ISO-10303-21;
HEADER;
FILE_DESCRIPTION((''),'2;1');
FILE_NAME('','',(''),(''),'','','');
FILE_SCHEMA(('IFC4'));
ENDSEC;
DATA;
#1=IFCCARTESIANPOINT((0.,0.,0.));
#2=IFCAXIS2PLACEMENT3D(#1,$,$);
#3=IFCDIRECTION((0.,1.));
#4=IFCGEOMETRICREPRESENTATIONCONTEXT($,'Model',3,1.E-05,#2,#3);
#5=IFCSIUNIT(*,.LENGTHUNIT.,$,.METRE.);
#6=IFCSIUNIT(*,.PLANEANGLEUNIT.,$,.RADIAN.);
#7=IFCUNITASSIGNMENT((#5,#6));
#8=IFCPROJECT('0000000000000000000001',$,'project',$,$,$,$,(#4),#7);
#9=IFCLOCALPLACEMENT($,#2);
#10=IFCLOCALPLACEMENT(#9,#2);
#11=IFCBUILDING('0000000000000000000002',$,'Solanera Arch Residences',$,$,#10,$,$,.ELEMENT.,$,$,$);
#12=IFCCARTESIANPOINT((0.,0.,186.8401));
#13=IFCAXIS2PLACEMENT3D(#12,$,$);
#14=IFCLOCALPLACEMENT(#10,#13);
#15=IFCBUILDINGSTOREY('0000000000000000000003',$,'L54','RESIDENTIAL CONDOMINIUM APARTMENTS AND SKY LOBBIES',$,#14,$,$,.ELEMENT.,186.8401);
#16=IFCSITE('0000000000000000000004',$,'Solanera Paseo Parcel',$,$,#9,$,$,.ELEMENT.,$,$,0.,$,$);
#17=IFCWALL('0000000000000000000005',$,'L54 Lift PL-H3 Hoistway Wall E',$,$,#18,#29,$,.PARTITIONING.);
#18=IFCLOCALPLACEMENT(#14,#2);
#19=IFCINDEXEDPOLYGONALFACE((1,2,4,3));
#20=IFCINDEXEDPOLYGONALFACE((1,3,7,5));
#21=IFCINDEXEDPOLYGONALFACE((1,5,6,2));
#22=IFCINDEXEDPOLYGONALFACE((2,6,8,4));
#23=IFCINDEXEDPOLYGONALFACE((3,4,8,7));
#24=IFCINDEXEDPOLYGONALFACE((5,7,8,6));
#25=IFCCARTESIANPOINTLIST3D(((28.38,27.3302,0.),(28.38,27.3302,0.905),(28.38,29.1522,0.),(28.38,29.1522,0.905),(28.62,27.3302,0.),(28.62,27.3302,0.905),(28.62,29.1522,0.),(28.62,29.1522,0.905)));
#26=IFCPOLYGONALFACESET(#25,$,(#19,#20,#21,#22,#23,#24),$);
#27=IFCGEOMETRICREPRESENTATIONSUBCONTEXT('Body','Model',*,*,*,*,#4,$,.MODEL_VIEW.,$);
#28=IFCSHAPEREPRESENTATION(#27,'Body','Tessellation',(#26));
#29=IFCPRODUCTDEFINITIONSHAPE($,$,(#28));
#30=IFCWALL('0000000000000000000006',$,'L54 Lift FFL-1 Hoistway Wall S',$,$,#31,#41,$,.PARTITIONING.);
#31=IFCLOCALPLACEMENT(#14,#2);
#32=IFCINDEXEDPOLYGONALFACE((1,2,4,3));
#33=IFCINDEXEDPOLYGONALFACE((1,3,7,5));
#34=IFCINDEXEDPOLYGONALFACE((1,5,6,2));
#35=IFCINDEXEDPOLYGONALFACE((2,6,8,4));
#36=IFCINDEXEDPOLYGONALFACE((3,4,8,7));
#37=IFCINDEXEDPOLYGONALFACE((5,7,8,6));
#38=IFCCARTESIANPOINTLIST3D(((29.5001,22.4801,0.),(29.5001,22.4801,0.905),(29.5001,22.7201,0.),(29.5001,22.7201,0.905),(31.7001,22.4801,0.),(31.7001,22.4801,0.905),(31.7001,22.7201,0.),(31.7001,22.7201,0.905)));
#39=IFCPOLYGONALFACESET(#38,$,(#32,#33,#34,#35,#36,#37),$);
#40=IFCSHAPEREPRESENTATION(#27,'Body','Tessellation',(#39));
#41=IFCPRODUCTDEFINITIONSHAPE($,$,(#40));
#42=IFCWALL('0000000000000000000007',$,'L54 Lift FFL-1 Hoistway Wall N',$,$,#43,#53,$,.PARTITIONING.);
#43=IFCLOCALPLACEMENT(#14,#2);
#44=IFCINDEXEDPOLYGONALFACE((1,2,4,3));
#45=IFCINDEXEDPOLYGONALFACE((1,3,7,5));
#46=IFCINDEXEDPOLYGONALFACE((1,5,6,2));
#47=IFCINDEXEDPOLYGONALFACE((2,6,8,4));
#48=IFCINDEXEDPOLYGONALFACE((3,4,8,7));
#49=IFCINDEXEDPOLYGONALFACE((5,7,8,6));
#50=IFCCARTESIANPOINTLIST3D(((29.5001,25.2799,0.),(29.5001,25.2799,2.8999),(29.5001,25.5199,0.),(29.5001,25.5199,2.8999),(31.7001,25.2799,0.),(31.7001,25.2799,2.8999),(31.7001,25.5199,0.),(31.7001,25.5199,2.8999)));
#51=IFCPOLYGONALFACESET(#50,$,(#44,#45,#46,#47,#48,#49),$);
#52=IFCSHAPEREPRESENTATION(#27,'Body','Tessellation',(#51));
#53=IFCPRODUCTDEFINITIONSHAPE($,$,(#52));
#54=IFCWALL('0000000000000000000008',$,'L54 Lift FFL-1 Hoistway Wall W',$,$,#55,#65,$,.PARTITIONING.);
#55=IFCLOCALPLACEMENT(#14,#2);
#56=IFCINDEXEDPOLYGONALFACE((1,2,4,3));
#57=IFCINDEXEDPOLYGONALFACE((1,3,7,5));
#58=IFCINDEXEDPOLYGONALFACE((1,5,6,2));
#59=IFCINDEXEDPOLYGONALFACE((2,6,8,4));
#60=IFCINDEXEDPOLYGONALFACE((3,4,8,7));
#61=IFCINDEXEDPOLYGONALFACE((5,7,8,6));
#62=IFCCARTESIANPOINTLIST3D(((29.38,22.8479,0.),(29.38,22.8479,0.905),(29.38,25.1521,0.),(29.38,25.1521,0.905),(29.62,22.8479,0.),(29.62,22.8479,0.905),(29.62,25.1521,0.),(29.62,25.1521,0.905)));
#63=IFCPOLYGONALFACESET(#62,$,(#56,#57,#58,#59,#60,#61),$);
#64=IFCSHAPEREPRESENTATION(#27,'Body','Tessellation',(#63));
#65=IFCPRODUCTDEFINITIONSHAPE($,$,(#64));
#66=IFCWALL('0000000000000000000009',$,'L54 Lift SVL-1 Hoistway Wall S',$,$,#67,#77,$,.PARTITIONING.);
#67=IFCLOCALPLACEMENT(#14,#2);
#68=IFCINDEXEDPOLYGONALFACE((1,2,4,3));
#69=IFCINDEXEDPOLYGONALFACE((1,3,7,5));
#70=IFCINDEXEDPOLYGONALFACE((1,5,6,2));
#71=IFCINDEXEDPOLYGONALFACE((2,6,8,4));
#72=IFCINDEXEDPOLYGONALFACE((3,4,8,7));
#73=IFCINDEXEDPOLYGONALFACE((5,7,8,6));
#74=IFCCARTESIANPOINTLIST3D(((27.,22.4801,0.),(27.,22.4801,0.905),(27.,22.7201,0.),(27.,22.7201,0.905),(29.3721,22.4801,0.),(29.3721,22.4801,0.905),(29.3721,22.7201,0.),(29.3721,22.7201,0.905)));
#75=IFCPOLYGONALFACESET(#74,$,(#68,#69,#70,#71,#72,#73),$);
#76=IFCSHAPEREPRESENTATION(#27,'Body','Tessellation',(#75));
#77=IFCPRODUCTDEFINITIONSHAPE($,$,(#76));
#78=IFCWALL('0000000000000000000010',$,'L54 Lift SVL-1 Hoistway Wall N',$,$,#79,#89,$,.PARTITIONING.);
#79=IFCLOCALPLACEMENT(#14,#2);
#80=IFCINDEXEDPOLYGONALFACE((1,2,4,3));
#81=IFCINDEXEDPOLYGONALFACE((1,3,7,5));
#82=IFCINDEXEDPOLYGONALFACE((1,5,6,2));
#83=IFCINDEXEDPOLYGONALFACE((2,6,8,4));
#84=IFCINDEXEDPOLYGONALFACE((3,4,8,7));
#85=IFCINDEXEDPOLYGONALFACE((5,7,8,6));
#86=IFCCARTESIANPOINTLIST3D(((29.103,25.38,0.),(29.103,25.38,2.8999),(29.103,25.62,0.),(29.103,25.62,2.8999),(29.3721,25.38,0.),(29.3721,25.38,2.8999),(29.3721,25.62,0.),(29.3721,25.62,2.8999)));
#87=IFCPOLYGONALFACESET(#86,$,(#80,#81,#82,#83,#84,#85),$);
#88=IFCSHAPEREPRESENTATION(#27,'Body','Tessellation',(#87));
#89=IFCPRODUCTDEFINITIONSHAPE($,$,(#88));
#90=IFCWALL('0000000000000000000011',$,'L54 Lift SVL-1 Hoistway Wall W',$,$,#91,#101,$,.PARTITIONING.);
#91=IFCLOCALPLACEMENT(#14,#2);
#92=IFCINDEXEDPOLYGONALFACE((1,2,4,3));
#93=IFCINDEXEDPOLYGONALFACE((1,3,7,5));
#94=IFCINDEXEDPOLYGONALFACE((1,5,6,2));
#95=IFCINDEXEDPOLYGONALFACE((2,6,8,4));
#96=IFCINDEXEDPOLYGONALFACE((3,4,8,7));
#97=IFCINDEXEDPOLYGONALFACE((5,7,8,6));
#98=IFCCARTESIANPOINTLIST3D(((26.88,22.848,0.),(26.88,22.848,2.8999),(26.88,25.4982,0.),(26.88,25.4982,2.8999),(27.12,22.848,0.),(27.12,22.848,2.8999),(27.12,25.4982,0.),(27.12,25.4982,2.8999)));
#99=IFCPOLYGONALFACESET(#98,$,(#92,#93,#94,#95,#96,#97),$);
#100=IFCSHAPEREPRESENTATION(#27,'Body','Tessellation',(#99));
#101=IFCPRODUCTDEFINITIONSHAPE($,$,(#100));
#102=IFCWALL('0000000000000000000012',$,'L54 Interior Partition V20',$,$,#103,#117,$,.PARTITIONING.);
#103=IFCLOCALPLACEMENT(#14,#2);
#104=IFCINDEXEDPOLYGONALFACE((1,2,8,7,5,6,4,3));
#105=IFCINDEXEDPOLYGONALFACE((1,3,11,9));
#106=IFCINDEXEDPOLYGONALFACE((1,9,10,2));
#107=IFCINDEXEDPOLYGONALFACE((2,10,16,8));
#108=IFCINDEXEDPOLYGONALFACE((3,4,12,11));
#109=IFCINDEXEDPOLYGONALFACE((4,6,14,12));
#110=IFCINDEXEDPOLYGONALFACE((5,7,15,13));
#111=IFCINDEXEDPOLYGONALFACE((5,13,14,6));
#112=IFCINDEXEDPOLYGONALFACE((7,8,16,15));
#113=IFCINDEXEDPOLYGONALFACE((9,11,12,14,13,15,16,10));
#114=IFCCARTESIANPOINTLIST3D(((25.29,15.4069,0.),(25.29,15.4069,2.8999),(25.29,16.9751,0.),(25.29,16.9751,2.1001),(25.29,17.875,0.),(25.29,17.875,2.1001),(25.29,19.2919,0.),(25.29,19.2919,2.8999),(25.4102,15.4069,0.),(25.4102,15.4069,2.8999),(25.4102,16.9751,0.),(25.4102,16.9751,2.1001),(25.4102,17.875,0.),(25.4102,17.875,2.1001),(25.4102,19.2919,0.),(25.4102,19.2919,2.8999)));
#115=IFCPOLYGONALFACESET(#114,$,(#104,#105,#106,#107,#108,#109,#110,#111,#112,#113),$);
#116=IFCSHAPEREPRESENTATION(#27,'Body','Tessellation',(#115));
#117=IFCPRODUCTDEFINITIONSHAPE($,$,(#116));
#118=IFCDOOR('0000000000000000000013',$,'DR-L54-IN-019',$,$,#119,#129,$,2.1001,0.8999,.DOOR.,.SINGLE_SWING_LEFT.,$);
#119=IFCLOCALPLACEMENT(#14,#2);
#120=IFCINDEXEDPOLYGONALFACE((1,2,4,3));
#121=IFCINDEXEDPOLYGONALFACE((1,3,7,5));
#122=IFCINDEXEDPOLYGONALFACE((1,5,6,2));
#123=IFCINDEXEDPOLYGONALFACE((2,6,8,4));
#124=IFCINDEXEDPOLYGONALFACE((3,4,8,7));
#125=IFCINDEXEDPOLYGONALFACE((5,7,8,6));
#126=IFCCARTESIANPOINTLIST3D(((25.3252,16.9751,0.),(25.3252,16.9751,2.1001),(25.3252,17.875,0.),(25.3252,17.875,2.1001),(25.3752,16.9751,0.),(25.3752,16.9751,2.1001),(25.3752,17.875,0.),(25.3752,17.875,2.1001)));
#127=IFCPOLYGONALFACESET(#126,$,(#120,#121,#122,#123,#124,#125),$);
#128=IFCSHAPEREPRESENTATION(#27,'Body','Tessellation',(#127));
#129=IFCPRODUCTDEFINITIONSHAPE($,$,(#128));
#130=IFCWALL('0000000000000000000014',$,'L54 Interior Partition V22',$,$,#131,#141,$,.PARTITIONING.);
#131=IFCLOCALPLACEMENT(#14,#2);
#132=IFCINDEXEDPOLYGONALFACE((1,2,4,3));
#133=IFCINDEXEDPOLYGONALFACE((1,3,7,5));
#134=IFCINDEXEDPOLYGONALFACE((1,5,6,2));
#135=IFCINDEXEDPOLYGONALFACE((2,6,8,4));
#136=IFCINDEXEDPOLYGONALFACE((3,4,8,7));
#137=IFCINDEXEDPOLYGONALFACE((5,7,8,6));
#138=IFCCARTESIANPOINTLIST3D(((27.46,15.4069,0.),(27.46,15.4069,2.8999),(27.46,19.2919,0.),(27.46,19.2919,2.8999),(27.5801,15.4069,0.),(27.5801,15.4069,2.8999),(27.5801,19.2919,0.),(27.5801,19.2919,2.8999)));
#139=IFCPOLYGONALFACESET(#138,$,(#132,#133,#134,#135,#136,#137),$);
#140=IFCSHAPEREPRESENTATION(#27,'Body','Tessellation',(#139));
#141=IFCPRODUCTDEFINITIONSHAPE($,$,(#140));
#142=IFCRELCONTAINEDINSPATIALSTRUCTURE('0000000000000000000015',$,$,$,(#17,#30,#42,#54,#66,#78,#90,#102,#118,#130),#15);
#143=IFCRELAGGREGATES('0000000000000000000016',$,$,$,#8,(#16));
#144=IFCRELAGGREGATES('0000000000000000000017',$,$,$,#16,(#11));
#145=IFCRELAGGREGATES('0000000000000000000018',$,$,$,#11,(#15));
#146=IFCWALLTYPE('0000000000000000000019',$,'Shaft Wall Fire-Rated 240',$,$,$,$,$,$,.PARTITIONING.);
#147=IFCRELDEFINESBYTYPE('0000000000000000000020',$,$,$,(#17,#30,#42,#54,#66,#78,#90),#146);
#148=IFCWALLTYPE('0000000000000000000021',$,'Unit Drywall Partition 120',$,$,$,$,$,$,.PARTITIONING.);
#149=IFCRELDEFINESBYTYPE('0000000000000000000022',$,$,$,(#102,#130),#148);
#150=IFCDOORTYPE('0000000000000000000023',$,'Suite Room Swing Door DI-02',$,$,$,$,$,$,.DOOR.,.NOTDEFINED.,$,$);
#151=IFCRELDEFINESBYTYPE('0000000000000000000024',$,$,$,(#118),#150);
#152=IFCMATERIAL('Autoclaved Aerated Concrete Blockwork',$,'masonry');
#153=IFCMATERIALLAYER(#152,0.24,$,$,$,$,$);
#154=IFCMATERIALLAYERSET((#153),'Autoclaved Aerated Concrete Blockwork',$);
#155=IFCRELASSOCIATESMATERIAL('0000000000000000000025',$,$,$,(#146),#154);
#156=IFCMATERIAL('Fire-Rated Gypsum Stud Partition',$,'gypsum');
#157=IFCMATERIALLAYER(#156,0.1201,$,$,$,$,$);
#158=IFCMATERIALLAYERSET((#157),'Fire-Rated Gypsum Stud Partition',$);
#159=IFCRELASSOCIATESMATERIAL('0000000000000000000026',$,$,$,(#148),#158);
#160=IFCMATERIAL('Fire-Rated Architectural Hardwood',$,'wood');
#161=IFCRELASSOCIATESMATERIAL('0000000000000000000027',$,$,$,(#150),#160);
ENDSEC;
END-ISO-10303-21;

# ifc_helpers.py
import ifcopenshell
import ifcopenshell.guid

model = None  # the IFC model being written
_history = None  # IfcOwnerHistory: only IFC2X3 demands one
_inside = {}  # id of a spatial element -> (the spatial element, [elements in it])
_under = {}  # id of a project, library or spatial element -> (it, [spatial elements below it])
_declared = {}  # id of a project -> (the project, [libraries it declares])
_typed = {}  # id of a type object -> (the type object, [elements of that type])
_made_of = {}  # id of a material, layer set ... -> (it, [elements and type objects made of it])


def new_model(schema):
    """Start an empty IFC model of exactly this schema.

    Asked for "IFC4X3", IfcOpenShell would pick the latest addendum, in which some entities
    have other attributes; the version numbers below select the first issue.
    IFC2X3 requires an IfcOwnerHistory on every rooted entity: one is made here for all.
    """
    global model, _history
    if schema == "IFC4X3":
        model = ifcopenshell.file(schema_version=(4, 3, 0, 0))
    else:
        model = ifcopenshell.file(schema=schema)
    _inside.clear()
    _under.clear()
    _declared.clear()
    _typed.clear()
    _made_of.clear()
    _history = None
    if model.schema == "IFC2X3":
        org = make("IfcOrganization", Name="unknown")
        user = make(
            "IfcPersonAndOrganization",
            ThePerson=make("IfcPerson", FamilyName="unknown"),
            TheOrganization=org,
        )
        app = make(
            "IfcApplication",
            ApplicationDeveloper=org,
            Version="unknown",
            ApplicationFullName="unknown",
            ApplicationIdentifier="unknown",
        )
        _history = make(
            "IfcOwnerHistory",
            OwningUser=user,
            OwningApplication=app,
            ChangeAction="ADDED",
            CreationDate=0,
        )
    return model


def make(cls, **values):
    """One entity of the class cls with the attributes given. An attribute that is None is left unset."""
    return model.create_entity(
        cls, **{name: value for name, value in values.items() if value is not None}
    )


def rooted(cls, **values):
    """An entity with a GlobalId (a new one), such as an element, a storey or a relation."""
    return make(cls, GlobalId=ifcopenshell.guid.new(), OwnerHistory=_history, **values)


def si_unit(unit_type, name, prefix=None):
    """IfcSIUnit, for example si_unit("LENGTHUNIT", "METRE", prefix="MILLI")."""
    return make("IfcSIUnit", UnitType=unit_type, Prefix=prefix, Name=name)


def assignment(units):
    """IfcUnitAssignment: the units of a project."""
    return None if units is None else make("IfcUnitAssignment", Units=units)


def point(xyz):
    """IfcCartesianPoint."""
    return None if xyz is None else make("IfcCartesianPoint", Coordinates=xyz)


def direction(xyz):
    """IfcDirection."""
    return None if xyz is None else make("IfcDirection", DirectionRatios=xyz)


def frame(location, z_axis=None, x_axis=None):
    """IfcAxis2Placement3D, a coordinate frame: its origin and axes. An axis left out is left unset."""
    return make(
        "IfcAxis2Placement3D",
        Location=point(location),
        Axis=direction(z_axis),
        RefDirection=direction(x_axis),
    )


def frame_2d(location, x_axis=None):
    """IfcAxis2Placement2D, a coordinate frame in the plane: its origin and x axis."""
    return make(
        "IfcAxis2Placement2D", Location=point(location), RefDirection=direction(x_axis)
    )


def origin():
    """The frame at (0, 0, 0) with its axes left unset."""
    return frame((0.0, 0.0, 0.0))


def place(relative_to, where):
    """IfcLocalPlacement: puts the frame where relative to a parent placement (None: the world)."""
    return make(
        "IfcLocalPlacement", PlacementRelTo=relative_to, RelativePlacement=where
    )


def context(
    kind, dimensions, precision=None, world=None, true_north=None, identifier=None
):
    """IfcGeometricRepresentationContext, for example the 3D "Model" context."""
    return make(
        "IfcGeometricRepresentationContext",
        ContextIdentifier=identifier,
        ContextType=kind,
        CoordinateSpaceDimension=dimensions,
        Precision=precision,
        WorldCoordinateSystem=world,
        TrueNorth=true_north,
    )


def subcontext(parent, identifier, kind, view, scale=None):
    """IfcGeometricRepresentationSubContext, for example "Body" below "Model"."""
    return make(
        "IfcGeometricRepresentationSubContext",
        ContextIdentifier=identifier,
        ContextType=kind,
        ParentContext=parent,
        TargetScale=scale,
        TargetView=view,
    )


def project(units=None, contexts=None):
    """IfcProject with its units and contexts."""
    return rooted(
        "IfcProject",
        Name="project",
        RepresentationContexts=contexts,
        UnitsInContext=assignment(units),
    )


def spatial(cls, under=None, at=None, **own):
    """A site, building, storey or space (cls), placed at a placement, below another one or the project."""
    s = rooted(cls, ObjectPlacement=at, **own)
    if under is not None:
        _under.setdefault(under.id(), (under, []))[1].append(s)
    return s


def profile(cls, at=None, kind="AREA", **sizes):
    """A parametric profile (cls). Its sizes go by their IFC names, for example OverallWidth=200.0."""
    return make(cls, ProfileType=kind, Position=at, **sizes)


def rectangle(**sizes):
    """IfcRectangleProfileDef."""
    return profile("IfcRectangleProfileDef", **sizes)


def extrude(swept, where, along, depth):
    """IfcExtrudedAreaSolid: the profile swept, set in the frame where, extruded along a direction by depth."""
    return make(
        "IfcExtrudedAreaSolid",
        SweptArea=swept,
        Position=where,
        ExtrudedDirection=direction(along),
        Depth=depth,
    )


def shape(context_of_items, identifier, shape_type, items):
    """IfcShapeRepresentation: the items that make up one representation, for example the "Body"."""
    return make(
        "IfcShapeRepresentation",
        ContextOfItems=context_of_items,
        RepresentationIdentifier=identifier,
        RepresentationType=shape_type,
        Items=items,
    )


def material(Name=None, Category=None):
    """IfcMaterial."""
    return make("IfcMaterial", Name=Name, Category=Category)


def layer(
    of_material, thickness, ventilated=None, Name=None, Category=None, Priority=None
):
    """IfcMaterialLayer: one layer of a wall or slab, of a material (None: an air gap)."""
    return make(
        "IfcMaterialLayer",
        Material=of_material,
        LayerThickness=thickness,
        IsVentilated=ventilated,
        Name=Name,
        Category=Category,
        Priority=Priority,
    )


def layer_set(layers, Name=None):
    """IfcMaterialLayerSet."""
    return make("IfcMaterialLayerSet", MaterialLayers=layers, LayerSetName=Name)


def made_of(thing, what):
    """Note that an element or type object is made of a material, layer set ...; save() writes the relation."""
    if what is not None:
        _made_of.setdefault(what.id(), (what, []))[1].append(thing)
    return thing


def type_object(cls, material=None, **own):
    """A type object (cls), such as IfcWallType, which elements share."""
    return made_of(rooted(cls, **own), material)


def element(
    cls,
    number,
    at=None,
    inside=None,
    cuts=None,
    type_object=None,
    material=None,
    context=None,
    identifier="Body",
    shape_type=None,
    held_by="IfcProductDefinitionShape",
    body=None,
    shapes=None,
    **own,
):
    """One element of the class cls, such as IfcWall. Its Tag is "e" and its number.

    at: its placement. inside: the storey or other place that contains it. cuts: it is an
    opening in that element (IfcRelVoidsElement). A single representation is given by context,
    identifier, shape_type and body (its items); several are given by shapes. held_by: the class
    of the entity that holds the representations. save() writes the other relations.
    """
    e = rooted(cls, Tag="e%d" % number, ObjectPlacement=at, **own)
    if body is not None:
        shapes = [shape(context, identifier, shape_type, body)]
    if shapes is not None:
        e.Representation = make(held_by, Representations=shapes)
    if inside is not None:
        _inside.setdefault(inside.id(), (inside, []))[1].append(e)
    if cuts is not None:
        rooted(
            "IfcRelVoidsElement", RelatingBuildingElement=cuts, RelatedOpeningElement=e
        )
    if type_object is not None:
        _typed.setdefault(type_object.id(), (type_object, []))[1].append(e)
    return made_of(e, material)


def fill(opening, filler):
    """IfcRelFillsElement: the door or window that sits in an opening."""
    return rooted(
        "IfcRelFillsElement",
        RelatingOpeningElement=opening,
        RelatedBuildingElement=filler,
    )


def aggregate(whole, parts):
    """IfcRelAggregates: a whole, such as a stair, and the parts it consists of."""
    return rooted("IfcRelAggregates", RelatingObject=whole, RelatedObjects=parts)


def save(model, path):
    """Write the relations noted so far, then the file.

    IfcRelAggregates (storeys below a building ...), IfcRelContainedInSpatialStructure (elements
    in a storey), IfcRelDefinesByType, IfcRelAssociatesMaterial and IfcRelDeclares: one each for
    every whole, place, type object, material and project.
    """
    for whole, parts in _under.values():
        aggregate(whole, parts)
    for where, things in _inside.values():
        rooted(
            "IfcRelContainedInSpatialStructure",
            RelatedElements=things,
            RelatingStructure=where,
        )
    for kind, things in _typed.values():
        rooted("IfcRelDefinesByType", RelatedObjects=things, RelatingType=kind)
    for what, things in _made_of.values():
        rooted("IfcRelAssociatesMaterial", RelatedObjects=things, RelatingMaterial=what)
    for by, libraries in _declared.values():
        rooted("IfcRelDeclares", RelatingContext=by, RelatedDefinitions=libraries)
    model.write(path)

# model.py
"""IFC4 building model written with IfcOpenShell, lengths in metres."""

from ifc_helpers import new_model, si_unit, direction, frame, frame_2d, origin, place, context, subcontext, project, spatial, rectangle, extrude, material, layer, layer_set, type_object, element, fill, save


model = new_model("IFC4")

# Units and contexts
model_context = context("Model", 3, precision=1e-05, world=origin(), true_north=direction((0.0, 1.0)))
body_context = subcontext(model_context, "Body", "Model", "MODEL_VIEW")
ifc_project = project(units=[si_unit("LENGTHUNIT", "METRE"), si_unit("PLANEANGLEUNIT", "RADIAN")], contexts=[model_context])

# Site, building, storey
site_placement = place(None, origin())
site = spatial("IfcSite", under=ifc_project, at=site_placement, Name="Solanera Paseo Parcel", CompositionType="ELEMENT", RefElevation=0.0)
building_placement = place(site_placement, origin())
building = spatial("IfcBuilding", under=site, at=building_placement, Name="Solanera Arch Residences", CompositionType="ELEMENT")
storey_placement = place(building_placement, frame((0.0, 0.0, 186.8401)))
storey = spatial("IfcBuildingStorey", under=building, at=storey_placement, Name="L54", Description="RESIDENTIAL CONDOMINIUM APARTMENTS AND SKY LOBBIES", CompositionType="ELEMENT", Elevation=186.8401)

# Walls
ifc_material_1 = material(Name="Autoclaved Aerated Concrete Blockwork", Category="masonry")
ifc_layer_1 = layer(ifc_material_1, 0.24)
ifc_layer_set_1 = layer_set([ifc_layer_1], Name="Autoclaved Aerated Concrete Blockwork")
wall_type_1 = type_object("IfcWallType", Name="Shaft Wall Fire-Rated 240", PredefinedType="PARTITIONING", material=ifc_layer_set_1)
wall_1_placement = place(storey_placement, frame((28.5, 27.3301, 0.0), z_axis=(0.0, 0.0, 1.0), x_axis=(0.0, 1.0, 0.0)))
element("IfcWall", 1, at=wall_1_placement, inside=storey, type_object=wall_type_1, Name="L54 Lift PL-H3 Hoistway Wall E", PredefinedType="PARTITIONING", context=body_context, shape_type="SweptSolid", body=[
    extrude(rectangle(XDim=1.822, YDim=0.24, at=frame_2d((0.9111, 0.0))), origin(), (0.0, 0.0, 1.0), 0.905),
])
wall_2_placement = place(storey_placement, frame((29.5, 22.6001, 0.0), z_axis=(0.0, 0.0, 1.0), x_axis=(1.0, 0.0, 0.0)))
element("IfcWall", 2, at=wall_2_placement, inside=storey, type_object=wall_type_1, Name="L54 Lift FFL-1 Hoistway Wall S", PredefinedType="PARTITIONING", context=body_context, shape_type="SweptSolid", body=[
    extrude(rectangle(XDim=2.2, YDim=0.24, at=frame_2d((1.1001, 0.0))), origin(), (0.0, 0.0, 1.0), 0.905),
])
wall_3_placement = place(storey_placement, frame((29.5, 25.3999, 0.0), z_axis=(0.0, 0.0, 1.0), x_axis=(1.0, 0.0, 0.0)))
element("IfcWall", 3, at=wall_3_placement, inside=storey, type_object=wall_type_1, Name="L54 Lift FFL-1 Hoistway Wall N", PredefinedType="PARTITIONING", context=body_context, shape_type="SweptSolid", body=[
    extrude(rectangle(XDim=2.2, YDim=0.24, at=frame_2d((1.1001, 0.0))), origin(), (0.0, 0.0, 1.0), 2.8999),
])
wall_4_placement = place(storey_placement, frame((29.5, 22.8479, 0.0), z_axis=(0.0, 0.0, 1.0), x_axis=(0.0, 1.0, 0.0)))
element("IfcWall", 4, at=wall_4_placement, inside=storey, type_object=wall_type_1, Name="L54 Lift FFL-1 Hoistway Wall W", PredefinedType="PARTITIONING", context=body_context, shape_type="SweptSolid", body=[
    extrude(rectangle(XDim=2.3042, YDim=0.24, at=frame_2d((1.1521, 0.0))), origin(), (0.0, 0.0, 1.0), 0.905),
])
wall_5_placement = place(storey_placement, frame((27.0, 22.6001, 0.0), z_axis=(0.0, 0.0, 1.0), x_axis=(1.0, 0.0, 0.0)))
element("IfcWall", 5, at=wall_5_placement, inside=storey, type_object=wall_type_1, Name="L54 Lift SVL-1 Hoistway Wall S", PredefinedType="PARTITIONING", context=body_context, shape_type="SweptSolid", body=[
    extrude(rectangle(XDim=2.3721, YDim=0.24, at=frame_2d((1.186, 0.0))), origin(), (0.0, 0.0, 1.0), 0.905),
])
wall_6_placement = place(storey_placement, frame((29.103, 25.5, 0.0), z_axis=(0.0, 0.0, 1.0), x_axis=(1.0, 0.0, 0.0)))
element("IfcWall", 6, at=wall_6_placement, inside=storey, type_object=wall_type_1, Name="L54 Lift SVL-1 Hoistway Wall N", PredefinedType="PARTITIONING", context=body_context, shape_type="SweptSolid", body=[
    extrude(rectangle(XDim=0.269, YDim=0.24, at=frame_2d((0.1345, 0.0))), origin(), (0.0, 0.0, 1.0), 2.8999),
])
wall_7_placement = place(storey_placement, frame((27.0, 22.8479, 0.0), z_axis=(0.0, 0.0, 1.0), x_axis=(0.0, 1.0, 0.0)))
element("IfcWall", 7, at=wall_7_placement, inside=storey, type_object=wall_type_1, Name="L54 Lift SVL-1 Hoistway Wall W", PredefinedType="PARTITIONING", context=body_context, shape_type="SweptSolid", body=[
    extrude(rectangle(XDim=2.6501, YDim=0.24, at=frame_2d((1.3252, 0.0))), origin(), (0.0, 0.0, 1.0), 2.8999),
])

# Wall, opening, door
ifc_material_2 = material(Name="Fire-Rated Gypsum Stud Partition", Category="gypsum")
ifc_layer_2 = layer(ifc_material_2, 0.1201)
ifc_layer_set_2 = layer_set([ifc_layer_2], Name="Fire-Rated Gypsum Stud Partition")
wall_type_2 = type_object("IfcWallType", Name="Unit Drywall Partition 120", PredefinedType="PARTITIONING", material=ifc_layer_set_2)
wall_8_placement = place(storey_placement, frame((25.3501, 15.407, 0.0), z_axis=(0.0, 0.0, 1.0), x_axis=(0.0, 1.0, 0.0)))
wall_8 = element("IfcWall", 8, at=wall_8_placement, inside=storey, type_object=wall_type_2, Name="L54 Interior Partition V20", PredefinedType="PARTITIONING", context=body_context, shape_type="SweptSolid", body=[
    extrude(rectangle(XDim=3.885, YDim=0.1201, at=frame_2d((1.9424, 0.0))), origin(), (0.0, 0.0, 1.0), 2.8999),
])
opening_placement = place(wall_8_placement, frame((1.5681, 0.0, 0.0)))
opening = element("IfcOpeningElement", 9, at=opening_placement, cuts=wall_8, PredefinedType="OPENING", context=body_context, shape_type="SweptSolid", body=[
    extrude(rectangle(XDim=0.8999, YDim=2.1001, at=frame_2d((0.45, 1.05))), frame((0.0, 0.0701, 0.0), z_axis=(0.0, -1.0, 0.0), x_axis=(1.0, 0.0, 0.0)), (0.0, 0.0, 1.0), 0.1401),
])
ifc_material_3 = material(Name="Fire-Rated Architectural Hardwood", Category="wood")
door_type = type_object("IfcDoorType", Name="Suite Room Swing Door DI-02", OperationType="NOTDEFINED", PredefinedType="DOOR", material=ifc_material_3)
door_placement = place(opening_placement, origin())
door = element("IfcDoor", 10, at=door_placement, inside=storey, type_object=door_type, Name="DR-L54-IN-019", OperationType="SINGLE_SWING_LEFT", OverallHeight=2.1001, OverallWidth=0.8999, PredefinedType="DOOR", context=body_context, shape_type="SweptSolid", body=[
    extrude(rectangle(XDim=0.8999, YDim=2.1001, at=frame_2d((0.45, 1.05))), frame((0.0, 0.0249, 0.0), z_axis=(0.0, -1.0, 0.0), x_axis=(1.0, 0.0, 0.0)), (0.0, 0.0, 1.0), 0.05),
])
fill(opening, door)

# Wall
wall_9_placement = place(storey_placement, frame((27.52, 15.407, 0.0), z_axis=(0.0, 0.0, 1.0), x_axis=(0.0, 1.0, 0.0)))
element("IfcWall", 11, at=wall_9_placement, inside=storey, type_object=wall_type_2, Name="L54 Interior Partition V22", PredefinedType="PARTITIONING", context=body_context, shape_type="SweptSolid", body=[
    extrude(rectangle(XDim=3.885, YDim=0.1201, at=frame_2d((1.9424, 0.0))), origin(), (0.0, 0.0, 1.0), 2.8999),
])

save(model, "model.ifc")
